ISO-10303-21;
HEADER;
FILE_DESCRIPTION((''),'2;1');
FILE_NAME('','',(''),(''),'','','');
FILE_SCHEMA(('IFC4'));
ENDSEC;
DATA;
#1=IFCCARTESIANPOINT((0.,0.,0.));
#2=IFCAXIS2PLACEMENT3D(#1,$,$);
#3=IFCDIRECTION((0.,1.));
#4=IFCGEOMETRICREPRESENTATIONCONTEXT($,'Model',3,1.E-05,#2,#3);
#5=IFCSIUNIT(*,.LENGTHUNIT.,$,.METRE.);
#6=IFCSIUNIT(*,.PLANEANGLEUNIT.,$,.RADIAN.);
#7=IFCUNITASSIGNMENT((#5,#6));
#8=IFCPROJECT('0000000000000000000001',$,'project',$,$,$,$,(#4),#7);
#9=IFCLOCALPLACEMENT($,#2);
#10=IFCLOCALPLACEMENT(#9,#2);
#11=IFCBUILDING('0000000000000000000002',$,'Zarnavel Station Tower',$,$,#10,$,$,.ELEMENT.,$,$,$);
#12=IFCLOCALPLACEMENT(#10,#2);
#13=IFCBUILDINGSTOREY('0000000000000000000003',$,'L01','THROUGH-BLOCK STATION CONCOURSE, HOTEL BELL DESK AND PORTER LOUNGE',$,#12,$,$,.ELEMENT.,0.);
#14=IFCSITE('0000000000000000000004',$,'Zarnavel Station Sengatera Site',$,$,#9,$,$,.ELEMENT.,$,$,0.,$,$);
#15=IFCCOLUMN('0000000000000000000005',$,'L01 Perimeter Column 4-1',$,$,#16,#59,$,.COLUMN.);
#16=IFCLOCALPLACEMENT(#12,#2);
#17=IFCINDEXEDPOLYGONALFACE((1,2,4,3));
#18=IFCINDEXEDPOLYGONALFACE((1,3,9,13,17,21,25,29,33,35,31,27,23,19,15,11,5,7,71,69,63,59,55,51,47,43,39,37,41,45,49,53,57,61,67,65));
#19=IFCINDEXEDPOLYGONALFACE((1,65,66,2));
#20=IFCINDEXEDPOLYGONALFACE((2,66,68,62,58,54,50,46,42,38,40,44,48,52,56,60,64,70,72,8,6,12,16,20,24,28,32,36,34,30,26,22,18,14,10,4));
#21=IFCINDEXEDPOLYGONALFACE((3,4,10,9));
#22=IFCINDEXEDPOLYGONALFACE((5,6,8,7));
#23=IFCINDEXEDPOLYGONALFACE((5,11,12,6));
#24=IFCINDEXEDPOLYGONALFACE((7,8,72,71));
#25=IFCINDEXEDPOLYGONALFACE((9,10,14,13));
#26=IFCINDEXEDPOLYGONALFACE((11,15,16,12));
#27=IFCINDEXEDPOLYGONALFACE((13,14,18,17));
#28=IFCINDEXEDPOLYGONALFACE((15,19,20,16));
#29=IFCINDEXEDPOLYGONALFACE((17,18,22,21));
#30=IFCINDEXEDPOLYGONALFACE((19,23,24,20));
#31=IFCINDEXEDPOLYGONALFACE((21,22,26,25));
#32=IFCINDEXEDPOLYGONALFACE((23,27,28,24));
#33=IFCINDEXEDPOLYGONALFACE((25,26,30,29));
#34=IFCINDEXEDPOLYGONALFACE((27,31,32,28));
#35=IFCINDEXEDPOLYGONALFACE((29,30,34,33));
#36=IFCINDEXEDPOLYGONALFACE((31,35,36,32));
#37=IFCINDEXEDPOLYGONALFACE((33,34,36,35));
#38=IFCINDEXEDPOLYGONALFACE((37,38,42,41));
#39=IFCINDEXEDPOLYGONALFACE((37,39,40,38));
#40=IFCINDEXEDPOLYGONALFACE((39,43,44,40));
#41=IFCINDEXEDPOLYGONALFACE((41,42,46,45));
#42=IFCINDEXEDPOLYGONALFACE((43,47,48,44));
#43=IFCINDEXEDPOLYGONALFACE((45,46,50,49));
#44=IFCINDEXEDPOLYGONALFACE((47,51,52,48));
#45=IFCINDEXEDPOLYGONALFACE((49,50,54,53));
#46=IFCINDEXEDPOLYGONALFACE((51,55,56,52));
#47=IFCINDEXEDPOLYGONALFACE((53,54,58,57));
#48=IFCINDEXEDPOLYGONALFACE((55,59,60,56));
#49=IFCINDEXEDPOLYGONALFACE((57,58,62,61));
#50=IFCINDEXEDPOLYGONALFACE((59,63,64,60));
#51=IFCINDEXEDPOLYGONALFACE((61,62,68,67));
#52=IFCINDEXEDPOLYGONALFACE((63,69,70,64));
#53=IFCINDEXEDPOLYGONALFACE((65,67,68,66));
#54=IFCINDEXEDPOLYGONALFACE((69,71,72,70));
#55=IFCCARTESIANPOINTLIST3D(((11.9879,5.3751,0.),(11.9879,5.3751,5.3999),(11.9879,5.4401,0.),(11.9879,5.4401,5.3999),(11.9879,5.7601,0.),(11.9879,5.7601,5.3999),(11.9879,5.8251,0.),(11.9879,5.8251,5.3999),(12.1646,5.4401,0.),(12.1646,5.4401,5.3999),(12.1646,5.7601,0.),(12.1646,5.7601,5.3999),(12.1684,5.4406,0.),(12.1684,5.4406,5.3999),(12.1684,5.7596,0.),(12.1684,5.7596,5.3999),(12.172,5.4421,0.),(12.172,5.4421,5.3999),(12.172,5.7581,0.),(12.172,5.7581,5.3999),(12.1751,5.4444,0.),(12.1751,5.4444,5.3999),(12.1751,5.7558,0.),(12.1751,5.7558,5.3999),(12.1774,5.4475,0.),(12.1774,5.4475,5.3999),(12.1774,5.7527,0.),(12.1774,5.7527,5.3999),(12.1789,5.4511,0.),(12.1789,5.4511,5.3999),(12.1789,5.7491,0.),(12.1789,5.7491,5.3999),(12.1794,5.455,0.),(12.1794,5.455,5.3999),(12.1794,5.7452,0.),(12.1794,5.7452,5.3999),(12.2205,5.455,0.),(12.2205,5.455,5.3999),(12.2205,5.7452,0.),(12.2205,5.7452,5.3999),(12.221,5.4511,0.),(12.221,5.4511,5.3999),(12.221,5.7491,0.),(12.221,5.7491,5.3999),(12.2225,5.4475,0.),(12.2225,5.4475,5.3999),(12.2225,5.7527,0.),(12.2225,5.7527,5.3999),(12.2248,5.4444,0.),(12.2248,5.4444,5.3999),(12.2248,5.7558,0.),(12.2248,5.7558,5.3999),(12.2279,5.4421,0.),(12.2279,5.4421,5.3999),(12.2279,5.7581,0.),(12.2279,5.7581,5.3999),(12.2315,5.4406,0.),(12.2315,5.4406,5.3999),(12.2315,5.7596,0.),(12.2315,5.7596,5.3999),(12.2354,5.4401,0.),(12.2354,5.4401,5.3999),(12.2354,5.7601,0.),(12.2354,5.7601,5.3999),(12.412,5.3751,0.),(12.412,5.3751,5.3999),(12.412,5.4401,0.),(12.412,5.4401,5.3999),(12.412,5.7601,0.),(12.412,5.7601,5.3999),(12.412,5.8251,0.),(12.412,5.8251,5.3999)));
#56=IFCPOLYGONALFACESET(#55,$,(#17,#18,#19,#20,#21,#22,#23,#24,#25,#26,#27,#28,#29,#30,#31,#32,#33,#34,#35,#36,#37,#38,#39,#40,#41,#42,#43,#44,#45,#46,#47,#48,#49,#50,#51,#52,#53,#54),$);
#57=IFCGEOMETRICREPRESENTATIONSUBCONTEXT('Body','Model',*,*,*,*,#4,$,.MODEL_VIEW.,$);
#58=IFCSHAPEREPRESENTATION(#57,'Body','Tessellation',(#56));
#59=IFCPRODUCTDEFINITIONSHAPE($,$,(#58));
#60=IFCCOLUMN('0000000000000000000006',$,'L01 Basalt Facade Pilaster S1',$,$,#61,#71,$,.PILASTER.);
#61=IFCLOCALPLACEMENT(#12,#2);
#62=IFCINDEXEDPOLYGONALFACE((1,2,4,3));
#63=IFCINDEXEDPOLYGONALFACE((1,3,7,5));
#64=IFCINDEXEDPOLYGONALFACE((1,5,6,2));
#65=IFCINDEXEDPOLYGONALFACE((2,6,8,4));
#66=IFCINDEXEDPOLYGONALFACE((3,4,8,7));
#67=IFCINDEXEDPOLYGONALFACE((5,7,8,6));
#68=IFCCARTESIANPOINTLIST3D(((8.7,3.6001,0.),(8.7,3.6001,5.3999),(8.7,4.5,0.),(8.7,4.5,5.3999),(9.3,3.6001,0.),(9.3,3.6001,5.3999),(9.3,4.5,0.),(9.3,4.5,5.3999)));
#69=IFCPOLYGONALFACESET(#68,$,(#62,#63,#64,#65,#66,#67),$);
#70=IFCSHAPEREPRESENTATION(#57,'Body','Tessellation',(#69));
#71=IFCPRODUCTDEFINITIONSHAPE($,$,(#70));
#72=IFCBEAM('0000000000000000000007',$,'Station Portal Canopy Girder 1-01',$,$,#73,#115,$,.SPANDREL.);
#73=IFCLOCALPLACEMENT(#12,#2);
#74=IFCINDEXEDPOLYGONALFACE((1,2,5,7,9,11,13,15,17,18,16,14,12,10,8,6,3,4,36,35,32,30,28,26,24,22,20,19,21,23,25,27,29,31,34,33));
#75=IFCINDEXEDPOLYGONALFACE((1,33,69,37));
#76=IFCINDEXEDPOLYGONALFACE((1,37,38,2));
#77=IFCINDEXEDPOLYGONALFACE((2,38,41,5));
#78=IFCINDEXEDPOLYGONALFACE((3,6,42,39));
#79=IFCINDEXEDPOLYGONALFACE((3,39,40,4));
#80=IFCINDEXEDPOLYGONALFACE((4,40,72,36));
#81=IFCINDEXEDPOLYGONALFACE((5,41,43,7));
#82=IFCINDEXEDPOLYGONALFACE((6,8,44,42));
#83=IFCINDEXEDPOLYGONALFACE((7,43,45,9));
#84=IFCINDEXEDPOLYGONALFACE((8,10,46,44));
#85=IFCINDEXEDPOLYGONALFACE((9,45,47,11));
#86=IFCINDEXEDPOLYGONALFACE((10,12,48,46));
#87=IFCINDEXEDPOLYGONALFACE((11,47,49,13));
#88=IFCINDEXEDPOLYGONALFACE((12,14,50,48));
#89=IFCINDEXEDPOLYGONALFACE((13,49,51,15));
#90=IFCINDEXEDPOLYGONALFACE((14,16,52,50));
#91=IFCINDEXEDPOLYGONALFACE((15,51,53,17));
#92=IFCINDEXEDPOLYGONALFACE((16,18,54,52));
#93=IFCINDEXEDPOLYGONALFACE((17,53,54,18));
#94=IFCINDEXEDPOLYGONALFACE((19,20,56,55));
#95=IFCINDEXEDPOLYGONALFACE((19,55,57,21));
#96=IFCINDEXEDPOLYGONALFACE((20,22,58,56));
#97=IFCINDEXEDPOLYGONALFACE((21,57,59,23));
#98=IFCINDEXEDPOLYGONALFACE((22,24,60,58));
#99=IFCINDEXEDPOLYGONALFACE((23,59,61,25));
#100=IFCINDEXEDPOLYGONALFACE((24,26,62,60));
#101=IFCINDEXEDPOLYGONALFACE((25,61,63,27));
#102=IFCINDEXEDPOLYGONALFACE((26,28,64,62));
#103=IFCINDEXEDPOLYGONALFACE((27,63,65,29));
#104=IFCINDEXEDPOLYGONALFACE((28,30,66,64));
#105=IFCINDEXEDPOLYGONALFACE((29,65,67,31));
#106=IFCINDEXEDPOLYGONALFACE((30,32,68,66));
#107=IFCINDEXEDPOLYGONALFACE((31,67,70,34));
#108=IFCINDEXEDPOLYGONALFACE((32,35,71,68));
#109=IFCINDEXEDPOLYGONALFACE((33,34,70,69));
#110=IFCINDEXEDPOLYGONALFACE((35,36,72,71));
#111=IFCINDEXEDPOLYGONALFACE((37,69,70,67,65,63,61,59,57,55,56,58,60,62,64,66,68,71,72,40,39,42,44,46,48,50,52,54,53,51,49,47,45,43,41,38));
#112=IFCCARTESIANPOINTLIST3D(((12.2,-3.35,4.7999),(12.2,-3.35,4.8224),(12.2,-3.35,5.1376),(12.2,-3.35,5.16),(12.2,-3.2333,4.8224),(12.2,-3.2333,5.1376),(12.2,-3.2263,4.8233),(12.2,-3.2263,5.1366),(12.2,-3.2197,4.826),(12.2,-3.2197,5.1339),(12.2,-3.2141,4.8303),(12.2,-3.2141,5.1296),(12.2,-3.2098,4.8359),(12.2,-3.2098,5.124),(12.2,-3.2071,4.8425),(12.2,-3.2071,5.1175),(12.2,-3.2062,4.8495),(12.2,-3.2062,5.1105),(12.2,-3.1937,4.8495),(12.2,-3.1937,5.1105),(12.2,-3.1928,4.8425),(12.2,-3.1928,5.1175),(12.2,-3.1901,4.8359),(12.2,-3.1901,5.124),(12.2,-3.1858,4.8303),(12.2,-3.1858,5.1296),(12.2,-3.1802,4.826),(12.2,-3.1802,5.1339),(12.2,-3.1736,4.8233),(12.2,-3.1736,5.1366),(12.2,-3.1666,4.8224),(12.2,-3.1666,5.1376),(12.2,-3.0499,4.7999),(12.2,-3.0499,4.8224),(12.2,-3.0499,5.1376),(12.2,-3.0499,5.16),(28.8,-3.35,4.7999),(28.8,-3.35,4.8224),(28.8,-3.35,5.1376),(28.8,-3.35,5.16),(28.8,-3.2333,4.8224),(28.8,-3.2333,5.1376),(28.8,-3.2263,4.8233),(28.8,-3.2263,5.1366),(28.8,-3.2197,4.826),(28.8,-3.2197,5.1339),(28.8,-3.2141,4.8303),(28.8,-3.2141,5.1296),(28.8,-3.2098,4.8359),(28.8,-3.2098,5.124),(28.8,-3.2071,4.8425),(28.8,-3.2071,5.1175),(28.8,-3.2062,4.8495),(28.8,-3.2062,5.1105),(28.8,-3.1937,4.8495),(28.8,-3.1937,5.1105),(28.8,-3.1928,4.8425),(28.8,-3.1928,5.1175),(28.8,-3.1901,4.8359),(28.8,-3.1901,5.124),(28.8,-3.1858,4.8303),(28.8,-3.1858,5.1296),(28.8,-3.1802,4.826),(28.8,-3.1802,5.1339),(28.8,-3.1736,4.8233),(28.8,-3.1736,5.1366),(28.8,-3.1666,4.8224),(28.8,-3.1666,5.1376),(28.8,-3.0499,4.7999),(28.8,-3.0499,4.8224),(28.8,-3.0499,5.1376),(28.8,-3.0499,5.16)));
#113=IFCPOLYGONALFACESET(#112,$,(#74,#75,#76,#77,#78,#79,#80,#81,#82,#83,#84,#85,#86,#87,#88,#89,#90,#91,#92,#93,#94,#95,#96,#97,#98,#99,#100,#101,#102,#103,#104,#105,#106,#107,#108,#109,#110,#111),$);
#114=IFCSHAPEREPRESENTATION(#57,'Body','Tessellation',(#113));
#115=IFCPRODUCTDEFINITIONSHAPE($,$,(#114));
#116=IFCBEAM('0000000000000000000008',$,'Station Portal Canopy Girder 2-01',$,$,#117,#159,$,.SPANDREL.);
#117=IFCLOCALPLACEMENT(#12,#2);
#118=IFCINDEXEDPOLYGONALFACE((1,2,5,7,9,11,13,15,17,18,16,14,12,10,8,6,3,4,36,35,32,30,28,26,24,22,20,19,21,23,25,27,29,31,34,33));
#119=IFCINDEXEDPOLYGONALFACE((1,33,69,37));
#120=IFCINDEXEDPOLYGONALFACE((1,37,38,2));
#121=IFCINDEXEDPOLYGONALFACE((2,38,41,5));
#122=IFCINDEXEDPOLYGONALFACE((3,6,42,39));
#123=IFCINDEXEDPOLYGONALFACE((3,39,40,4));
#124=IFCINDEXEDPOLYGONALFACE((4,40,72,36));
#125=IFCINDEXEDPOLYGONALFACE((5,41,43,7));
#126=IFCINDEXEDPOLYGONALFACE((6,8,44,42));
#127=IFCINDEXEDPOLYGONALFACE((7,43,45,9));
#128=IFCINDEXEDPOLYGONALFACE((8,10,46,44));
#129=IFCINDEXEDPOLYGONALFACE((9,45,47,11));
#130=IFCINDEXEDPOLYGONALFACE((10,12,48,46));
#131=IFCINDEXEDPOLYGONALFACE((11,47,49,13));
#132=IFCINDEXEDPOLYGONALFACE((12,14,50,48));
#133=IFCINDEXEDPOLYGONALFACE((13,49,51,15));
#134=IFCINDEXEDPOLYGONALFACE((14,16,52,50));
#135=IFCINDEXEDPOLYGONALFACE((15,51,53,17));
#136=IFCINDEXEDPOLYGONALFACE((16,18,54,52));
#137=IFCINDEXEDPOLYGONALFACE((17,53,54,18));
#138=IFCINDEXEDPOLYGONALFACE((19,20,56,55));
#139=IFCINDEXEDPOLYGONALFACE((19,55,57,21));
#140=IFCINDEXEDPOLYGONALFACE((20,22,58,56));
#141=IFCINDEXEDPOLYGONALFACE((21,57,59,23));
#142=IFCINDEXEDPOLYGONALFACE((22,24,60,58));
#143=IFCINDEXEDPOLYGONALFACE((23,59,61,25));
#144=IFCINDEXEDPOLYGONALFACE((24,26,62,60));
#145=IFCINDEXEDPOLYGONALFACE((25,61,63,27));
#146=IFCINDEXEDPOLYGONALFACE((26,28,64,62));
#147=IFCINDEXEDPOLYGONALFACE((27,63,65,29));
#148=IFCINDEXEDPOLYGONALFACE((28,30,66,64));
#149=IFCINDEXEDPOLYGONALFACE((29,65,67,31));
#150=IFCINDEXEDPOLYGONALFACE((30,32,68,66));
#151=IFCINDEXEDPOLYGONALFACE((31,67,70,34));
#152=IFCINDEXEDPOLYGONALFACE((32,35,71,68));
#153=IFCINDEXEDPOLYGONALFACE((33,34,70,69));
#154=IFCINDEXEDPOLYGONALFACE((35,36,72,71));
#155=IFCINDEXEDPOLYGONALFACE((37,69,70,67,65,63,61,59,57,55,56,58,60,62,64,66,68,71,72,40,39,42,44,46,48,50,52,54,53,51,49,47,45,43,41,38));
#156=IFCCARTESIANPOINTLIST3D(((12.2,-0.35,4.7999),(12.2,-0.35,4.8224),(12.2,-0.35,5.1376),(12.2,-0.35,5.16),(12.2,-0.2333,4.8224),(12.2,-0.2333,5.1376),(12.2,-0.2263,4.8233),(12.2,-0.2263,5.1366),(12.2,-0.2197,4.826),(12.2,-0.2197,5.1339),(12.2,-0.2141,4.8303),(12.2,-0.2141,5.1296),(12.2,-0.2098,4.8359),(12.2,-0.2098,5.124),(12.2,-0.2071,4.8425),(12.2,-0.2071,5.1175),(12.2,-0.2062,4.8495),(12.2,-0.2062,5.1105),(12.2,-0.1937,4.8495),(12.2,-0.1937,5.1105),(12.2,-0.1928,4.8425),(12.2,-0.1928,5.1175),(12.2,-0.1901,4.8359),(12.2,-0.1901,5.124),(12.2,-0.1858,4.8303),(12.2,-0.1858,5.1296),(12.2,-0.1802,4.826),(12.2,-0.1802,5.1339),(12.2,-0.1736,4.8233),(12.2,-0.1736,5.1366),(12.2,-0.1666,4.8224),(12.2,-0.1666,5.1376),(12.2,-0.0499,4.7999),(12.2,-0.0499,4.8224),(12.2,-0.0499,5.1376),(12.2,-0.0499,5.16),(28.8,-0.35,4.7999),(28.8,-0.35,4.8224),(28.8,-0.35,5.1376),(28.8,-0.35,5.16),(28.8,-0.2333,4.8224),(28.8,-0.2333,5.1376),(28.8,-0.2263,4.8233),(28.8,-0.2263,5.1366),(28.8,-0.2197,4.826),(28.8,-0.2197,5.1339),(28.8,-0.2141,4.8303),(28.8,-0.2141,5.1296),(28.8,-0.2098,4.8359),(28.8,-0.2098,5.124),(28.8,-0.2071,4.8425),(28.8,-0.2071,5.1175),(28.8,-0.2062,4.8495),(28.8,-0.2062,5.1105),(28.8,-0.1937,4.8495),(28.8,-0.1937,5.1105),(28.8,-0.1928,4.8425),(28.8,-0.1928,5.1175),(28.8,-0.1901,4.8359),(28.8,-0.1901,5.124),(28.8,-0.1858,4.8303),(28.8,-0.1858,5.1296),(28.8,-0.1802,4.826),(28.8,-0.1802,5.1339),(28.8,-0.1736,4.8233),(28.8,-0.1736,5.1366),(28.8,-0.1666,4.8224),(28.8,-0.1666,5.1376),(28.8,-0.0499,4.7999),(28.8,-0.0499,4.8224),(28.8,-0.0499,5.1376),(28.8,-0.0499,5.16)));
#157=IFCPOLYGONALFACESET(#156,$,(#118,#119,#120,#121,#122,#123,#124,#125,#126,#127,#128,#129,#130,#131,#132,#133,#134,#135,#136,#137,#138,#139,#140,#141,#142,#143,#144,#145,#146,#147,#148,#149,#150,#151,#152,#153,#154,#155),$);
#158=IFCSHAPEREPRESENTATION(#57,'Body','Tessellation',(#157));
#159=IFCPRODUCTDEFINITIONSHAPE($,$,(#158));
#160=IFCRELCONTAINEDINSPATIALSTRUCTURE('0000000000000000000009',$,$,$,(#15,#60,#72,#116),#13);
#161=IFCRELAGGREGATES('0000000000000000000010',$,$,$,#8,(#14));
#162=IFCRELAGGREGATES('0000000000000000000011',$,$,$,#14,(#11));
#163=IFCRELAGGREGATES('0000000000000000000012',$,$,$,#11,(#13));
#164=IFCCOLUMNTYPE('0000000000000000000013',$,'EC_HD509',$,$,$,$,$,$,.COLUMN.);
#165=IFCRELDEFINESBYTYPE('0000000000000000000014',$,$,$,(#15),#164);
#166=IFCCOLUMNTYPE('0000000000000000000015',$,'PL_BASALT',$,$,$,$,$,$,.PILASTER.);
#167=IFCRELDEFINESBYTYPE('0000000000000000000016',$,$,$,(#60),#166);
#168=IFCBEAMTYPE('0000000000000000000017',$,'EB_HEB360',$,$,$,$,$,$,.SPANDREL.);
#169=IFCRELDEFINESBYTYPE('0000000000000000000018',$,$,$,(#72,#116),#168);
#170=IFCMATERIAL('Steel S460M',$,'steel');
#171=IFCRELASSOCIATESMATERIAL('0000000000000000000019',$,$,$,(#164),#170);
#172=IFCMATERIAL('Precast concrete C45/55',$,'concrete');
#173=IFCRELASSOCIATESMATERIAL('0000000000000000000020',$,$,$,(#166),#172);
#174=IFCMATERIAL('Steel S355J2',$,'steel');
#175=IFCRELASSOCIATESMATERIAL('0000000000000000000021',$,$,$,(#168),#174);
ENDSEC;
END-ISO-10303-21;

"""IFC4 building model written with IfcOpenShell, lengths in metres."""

from ifc_helpers import new_model, si_unit, direction, frame, origin, origin_2d, place, context, subcontext, project, spatial, rectangle, i_section, extrude, material, material_profile, profile_set, type_object, element, save


model = new_model("IFC4")

# Units and contexts
model_context = context("Model", 3, precision=1e-05, world=origin(), true_north=direction((0.0, 1.0)))
body_context = subcontext(model_context, "Body", "Model", "MODEL_VIEW")
ifc_project = project(units=[si_unit("LENGTHUNIT", "METRE"), si_unit("PLANEANGLEUNIT", "RADIAN")], contexts=[model_context])

# Site, building, storey
site_placement = place(None, origin())
site = spatial("IfcSite", under=ifc_project, at=site_placement, Name="Zarnavel Station Sengatera Site", CompositionType="ELEMENT", RefElevation=0.0)
building_placement = place(site_placement, origin())
building = spatial("IfcBuilding", under=site, at=building_placement, Name="Zarnavel Station Tower", CompositionType="ELEMENT")
storey_placement = place(building_placement, origin())
storey = spatial("IfcBuildingStorey", under=building, at=storey_placement, Name="L01", Description="THROUGH-BLOCK STATION CONCOURSE, HOTEL BELL DESK AND PORTER LOUNGE", CompositionType="ELEMENT", Elevation=0.0)

# Columns
ifc_material_1 = material(Name="Steel S460M", Category="steel")
ifc_material_profile_1 = material_profile(ifc_material_1, i_section(OverallWidth=0.4241, OverallDepth=0.45, WebThickness=0.041, FlangeThickness=0.0649, FilletRadius=0.0149, at=origin_2d()), Name="HD400x509")
ifc_profile_set_1 = profile_set([ifc_material_profile_1], Name="Steel S460M")
column_type_1 = type_object("IfcColumnType", Name="EC_HD509", PredefinedType="COLUMN", material=ifc_profile_set_1)
for number, where, z_axis, x_axis, name in (
    (1, (12.2, 5.6001, 0.0), (0.0, 0.0, 1.0), (1.0, 0.0, 0.0), "L01 Perimeter Column 4-1"),
):
    element("IfcColumn", number, at=place(storey_placement, frame(where, z_axis=z_axis, x_axis=x_axis)), inside=storey, type_object=column_type_1, Name=name, PredefinedType="COLUMN", context=body_context, shape_type="SweptSolid", body=[
        extrude(i_section(OverallWidth=0.4241, OverallDepth=0.45, WebThickness=0.041, FlangeThickness=0.0649, FilletRadius=0.0149, at=origin_2d()), origin(), (0.0, 0.0, 1.0), 5.3999),
    ])
ifc_material_2 = material(Name="Precast concrete C45/55", Category="concrete")
ifc_material_profile_2 = material_profile(ifc_material_2, rectangle(XDim=0.6001, YDim=0.8999, at=origin_2d()), Name="RC600x900")
ifc_profile_set_2 = profile_set([ifc_material_profile_2], Name="Precast concrete C45/55")
column_type_2 = type_object("IfcColumnType", Name="PL_BASALT", PredefinedType="PILASTER", material=ifc_profile_set_2)
column_placement = place(storey_placement, frame((9.0, 4.05, 0.0), z_axis=(0.0, 0.0, 1.0), x_axis=(1.0, 0.0, 0.0)))
element("IfcColumn", 2, at=column_placement, inside=storey, type_object=column_type_2, Name="L01 Basalt Facade Pilaster S1", PredefinedType="PILASTER", context=body_context, shape_type="SweptSolid", body=[
    extrude(rectangle(XDim=0.6001, YDim=0.8999, at=origin_2d()), origin(), (0.0, 0.0, 1.0), 5.3999),
])

# Beams
ifc_material_3 = material(Name="Steel S355J2", Category="steel")
ifc_material_profile_3 = material_profile(ifc_material_3, i_section(OverallWidth=0.3, OverallDepth=0.3601, WebThickness=0.0125, FlangeThickness=0.0225, FilletRadius=0.0271, at=origin_2d()), Name="HEB360")
ifc_profile_set_3 = profile_set([ifc_material_profile_3], Name="Steel S355J2")
beam_type_1 = type_object("IfcBeamType", Name="EB_HEB360", PredefinedType="SPANDREL", material=ifc_profile_set_3)
for number, where, z_axis, x_axis, name in (
    (3, (12.2, -3.2, 4.98), (1.0, 0.0, 0.0), (0.0, 1.0, 0.0), "Station Portal Canopy Girder 1-01"),
    (4, (12.2, -0.2, 4.98), (1.0, 0.0, 0.0), (0.0, 1.0, 0.0), "Station Portal Canopy Girder 2-01"),
):
    element("IfcBeam", number, at=place(storey_placement, frame(where, z_axis=z_axis, x_axis=x_axis)), inside=storey, type_object=beam_type_1, Name=name, PredefinedType="SPANDREL", context=body_context, shape_type="SweptSolid", body=[
        extrude(i_section(OverallWidth=0.3, OverallDepth=0.3601, WebThickness=0.0125, FlangeThickness=0.0225, FilletRadius=0.0271, at=origin_2d()), origin(), (0.0, 0.0, 1.0), 16.6001),
    ])

save(model, "model.ifc")
